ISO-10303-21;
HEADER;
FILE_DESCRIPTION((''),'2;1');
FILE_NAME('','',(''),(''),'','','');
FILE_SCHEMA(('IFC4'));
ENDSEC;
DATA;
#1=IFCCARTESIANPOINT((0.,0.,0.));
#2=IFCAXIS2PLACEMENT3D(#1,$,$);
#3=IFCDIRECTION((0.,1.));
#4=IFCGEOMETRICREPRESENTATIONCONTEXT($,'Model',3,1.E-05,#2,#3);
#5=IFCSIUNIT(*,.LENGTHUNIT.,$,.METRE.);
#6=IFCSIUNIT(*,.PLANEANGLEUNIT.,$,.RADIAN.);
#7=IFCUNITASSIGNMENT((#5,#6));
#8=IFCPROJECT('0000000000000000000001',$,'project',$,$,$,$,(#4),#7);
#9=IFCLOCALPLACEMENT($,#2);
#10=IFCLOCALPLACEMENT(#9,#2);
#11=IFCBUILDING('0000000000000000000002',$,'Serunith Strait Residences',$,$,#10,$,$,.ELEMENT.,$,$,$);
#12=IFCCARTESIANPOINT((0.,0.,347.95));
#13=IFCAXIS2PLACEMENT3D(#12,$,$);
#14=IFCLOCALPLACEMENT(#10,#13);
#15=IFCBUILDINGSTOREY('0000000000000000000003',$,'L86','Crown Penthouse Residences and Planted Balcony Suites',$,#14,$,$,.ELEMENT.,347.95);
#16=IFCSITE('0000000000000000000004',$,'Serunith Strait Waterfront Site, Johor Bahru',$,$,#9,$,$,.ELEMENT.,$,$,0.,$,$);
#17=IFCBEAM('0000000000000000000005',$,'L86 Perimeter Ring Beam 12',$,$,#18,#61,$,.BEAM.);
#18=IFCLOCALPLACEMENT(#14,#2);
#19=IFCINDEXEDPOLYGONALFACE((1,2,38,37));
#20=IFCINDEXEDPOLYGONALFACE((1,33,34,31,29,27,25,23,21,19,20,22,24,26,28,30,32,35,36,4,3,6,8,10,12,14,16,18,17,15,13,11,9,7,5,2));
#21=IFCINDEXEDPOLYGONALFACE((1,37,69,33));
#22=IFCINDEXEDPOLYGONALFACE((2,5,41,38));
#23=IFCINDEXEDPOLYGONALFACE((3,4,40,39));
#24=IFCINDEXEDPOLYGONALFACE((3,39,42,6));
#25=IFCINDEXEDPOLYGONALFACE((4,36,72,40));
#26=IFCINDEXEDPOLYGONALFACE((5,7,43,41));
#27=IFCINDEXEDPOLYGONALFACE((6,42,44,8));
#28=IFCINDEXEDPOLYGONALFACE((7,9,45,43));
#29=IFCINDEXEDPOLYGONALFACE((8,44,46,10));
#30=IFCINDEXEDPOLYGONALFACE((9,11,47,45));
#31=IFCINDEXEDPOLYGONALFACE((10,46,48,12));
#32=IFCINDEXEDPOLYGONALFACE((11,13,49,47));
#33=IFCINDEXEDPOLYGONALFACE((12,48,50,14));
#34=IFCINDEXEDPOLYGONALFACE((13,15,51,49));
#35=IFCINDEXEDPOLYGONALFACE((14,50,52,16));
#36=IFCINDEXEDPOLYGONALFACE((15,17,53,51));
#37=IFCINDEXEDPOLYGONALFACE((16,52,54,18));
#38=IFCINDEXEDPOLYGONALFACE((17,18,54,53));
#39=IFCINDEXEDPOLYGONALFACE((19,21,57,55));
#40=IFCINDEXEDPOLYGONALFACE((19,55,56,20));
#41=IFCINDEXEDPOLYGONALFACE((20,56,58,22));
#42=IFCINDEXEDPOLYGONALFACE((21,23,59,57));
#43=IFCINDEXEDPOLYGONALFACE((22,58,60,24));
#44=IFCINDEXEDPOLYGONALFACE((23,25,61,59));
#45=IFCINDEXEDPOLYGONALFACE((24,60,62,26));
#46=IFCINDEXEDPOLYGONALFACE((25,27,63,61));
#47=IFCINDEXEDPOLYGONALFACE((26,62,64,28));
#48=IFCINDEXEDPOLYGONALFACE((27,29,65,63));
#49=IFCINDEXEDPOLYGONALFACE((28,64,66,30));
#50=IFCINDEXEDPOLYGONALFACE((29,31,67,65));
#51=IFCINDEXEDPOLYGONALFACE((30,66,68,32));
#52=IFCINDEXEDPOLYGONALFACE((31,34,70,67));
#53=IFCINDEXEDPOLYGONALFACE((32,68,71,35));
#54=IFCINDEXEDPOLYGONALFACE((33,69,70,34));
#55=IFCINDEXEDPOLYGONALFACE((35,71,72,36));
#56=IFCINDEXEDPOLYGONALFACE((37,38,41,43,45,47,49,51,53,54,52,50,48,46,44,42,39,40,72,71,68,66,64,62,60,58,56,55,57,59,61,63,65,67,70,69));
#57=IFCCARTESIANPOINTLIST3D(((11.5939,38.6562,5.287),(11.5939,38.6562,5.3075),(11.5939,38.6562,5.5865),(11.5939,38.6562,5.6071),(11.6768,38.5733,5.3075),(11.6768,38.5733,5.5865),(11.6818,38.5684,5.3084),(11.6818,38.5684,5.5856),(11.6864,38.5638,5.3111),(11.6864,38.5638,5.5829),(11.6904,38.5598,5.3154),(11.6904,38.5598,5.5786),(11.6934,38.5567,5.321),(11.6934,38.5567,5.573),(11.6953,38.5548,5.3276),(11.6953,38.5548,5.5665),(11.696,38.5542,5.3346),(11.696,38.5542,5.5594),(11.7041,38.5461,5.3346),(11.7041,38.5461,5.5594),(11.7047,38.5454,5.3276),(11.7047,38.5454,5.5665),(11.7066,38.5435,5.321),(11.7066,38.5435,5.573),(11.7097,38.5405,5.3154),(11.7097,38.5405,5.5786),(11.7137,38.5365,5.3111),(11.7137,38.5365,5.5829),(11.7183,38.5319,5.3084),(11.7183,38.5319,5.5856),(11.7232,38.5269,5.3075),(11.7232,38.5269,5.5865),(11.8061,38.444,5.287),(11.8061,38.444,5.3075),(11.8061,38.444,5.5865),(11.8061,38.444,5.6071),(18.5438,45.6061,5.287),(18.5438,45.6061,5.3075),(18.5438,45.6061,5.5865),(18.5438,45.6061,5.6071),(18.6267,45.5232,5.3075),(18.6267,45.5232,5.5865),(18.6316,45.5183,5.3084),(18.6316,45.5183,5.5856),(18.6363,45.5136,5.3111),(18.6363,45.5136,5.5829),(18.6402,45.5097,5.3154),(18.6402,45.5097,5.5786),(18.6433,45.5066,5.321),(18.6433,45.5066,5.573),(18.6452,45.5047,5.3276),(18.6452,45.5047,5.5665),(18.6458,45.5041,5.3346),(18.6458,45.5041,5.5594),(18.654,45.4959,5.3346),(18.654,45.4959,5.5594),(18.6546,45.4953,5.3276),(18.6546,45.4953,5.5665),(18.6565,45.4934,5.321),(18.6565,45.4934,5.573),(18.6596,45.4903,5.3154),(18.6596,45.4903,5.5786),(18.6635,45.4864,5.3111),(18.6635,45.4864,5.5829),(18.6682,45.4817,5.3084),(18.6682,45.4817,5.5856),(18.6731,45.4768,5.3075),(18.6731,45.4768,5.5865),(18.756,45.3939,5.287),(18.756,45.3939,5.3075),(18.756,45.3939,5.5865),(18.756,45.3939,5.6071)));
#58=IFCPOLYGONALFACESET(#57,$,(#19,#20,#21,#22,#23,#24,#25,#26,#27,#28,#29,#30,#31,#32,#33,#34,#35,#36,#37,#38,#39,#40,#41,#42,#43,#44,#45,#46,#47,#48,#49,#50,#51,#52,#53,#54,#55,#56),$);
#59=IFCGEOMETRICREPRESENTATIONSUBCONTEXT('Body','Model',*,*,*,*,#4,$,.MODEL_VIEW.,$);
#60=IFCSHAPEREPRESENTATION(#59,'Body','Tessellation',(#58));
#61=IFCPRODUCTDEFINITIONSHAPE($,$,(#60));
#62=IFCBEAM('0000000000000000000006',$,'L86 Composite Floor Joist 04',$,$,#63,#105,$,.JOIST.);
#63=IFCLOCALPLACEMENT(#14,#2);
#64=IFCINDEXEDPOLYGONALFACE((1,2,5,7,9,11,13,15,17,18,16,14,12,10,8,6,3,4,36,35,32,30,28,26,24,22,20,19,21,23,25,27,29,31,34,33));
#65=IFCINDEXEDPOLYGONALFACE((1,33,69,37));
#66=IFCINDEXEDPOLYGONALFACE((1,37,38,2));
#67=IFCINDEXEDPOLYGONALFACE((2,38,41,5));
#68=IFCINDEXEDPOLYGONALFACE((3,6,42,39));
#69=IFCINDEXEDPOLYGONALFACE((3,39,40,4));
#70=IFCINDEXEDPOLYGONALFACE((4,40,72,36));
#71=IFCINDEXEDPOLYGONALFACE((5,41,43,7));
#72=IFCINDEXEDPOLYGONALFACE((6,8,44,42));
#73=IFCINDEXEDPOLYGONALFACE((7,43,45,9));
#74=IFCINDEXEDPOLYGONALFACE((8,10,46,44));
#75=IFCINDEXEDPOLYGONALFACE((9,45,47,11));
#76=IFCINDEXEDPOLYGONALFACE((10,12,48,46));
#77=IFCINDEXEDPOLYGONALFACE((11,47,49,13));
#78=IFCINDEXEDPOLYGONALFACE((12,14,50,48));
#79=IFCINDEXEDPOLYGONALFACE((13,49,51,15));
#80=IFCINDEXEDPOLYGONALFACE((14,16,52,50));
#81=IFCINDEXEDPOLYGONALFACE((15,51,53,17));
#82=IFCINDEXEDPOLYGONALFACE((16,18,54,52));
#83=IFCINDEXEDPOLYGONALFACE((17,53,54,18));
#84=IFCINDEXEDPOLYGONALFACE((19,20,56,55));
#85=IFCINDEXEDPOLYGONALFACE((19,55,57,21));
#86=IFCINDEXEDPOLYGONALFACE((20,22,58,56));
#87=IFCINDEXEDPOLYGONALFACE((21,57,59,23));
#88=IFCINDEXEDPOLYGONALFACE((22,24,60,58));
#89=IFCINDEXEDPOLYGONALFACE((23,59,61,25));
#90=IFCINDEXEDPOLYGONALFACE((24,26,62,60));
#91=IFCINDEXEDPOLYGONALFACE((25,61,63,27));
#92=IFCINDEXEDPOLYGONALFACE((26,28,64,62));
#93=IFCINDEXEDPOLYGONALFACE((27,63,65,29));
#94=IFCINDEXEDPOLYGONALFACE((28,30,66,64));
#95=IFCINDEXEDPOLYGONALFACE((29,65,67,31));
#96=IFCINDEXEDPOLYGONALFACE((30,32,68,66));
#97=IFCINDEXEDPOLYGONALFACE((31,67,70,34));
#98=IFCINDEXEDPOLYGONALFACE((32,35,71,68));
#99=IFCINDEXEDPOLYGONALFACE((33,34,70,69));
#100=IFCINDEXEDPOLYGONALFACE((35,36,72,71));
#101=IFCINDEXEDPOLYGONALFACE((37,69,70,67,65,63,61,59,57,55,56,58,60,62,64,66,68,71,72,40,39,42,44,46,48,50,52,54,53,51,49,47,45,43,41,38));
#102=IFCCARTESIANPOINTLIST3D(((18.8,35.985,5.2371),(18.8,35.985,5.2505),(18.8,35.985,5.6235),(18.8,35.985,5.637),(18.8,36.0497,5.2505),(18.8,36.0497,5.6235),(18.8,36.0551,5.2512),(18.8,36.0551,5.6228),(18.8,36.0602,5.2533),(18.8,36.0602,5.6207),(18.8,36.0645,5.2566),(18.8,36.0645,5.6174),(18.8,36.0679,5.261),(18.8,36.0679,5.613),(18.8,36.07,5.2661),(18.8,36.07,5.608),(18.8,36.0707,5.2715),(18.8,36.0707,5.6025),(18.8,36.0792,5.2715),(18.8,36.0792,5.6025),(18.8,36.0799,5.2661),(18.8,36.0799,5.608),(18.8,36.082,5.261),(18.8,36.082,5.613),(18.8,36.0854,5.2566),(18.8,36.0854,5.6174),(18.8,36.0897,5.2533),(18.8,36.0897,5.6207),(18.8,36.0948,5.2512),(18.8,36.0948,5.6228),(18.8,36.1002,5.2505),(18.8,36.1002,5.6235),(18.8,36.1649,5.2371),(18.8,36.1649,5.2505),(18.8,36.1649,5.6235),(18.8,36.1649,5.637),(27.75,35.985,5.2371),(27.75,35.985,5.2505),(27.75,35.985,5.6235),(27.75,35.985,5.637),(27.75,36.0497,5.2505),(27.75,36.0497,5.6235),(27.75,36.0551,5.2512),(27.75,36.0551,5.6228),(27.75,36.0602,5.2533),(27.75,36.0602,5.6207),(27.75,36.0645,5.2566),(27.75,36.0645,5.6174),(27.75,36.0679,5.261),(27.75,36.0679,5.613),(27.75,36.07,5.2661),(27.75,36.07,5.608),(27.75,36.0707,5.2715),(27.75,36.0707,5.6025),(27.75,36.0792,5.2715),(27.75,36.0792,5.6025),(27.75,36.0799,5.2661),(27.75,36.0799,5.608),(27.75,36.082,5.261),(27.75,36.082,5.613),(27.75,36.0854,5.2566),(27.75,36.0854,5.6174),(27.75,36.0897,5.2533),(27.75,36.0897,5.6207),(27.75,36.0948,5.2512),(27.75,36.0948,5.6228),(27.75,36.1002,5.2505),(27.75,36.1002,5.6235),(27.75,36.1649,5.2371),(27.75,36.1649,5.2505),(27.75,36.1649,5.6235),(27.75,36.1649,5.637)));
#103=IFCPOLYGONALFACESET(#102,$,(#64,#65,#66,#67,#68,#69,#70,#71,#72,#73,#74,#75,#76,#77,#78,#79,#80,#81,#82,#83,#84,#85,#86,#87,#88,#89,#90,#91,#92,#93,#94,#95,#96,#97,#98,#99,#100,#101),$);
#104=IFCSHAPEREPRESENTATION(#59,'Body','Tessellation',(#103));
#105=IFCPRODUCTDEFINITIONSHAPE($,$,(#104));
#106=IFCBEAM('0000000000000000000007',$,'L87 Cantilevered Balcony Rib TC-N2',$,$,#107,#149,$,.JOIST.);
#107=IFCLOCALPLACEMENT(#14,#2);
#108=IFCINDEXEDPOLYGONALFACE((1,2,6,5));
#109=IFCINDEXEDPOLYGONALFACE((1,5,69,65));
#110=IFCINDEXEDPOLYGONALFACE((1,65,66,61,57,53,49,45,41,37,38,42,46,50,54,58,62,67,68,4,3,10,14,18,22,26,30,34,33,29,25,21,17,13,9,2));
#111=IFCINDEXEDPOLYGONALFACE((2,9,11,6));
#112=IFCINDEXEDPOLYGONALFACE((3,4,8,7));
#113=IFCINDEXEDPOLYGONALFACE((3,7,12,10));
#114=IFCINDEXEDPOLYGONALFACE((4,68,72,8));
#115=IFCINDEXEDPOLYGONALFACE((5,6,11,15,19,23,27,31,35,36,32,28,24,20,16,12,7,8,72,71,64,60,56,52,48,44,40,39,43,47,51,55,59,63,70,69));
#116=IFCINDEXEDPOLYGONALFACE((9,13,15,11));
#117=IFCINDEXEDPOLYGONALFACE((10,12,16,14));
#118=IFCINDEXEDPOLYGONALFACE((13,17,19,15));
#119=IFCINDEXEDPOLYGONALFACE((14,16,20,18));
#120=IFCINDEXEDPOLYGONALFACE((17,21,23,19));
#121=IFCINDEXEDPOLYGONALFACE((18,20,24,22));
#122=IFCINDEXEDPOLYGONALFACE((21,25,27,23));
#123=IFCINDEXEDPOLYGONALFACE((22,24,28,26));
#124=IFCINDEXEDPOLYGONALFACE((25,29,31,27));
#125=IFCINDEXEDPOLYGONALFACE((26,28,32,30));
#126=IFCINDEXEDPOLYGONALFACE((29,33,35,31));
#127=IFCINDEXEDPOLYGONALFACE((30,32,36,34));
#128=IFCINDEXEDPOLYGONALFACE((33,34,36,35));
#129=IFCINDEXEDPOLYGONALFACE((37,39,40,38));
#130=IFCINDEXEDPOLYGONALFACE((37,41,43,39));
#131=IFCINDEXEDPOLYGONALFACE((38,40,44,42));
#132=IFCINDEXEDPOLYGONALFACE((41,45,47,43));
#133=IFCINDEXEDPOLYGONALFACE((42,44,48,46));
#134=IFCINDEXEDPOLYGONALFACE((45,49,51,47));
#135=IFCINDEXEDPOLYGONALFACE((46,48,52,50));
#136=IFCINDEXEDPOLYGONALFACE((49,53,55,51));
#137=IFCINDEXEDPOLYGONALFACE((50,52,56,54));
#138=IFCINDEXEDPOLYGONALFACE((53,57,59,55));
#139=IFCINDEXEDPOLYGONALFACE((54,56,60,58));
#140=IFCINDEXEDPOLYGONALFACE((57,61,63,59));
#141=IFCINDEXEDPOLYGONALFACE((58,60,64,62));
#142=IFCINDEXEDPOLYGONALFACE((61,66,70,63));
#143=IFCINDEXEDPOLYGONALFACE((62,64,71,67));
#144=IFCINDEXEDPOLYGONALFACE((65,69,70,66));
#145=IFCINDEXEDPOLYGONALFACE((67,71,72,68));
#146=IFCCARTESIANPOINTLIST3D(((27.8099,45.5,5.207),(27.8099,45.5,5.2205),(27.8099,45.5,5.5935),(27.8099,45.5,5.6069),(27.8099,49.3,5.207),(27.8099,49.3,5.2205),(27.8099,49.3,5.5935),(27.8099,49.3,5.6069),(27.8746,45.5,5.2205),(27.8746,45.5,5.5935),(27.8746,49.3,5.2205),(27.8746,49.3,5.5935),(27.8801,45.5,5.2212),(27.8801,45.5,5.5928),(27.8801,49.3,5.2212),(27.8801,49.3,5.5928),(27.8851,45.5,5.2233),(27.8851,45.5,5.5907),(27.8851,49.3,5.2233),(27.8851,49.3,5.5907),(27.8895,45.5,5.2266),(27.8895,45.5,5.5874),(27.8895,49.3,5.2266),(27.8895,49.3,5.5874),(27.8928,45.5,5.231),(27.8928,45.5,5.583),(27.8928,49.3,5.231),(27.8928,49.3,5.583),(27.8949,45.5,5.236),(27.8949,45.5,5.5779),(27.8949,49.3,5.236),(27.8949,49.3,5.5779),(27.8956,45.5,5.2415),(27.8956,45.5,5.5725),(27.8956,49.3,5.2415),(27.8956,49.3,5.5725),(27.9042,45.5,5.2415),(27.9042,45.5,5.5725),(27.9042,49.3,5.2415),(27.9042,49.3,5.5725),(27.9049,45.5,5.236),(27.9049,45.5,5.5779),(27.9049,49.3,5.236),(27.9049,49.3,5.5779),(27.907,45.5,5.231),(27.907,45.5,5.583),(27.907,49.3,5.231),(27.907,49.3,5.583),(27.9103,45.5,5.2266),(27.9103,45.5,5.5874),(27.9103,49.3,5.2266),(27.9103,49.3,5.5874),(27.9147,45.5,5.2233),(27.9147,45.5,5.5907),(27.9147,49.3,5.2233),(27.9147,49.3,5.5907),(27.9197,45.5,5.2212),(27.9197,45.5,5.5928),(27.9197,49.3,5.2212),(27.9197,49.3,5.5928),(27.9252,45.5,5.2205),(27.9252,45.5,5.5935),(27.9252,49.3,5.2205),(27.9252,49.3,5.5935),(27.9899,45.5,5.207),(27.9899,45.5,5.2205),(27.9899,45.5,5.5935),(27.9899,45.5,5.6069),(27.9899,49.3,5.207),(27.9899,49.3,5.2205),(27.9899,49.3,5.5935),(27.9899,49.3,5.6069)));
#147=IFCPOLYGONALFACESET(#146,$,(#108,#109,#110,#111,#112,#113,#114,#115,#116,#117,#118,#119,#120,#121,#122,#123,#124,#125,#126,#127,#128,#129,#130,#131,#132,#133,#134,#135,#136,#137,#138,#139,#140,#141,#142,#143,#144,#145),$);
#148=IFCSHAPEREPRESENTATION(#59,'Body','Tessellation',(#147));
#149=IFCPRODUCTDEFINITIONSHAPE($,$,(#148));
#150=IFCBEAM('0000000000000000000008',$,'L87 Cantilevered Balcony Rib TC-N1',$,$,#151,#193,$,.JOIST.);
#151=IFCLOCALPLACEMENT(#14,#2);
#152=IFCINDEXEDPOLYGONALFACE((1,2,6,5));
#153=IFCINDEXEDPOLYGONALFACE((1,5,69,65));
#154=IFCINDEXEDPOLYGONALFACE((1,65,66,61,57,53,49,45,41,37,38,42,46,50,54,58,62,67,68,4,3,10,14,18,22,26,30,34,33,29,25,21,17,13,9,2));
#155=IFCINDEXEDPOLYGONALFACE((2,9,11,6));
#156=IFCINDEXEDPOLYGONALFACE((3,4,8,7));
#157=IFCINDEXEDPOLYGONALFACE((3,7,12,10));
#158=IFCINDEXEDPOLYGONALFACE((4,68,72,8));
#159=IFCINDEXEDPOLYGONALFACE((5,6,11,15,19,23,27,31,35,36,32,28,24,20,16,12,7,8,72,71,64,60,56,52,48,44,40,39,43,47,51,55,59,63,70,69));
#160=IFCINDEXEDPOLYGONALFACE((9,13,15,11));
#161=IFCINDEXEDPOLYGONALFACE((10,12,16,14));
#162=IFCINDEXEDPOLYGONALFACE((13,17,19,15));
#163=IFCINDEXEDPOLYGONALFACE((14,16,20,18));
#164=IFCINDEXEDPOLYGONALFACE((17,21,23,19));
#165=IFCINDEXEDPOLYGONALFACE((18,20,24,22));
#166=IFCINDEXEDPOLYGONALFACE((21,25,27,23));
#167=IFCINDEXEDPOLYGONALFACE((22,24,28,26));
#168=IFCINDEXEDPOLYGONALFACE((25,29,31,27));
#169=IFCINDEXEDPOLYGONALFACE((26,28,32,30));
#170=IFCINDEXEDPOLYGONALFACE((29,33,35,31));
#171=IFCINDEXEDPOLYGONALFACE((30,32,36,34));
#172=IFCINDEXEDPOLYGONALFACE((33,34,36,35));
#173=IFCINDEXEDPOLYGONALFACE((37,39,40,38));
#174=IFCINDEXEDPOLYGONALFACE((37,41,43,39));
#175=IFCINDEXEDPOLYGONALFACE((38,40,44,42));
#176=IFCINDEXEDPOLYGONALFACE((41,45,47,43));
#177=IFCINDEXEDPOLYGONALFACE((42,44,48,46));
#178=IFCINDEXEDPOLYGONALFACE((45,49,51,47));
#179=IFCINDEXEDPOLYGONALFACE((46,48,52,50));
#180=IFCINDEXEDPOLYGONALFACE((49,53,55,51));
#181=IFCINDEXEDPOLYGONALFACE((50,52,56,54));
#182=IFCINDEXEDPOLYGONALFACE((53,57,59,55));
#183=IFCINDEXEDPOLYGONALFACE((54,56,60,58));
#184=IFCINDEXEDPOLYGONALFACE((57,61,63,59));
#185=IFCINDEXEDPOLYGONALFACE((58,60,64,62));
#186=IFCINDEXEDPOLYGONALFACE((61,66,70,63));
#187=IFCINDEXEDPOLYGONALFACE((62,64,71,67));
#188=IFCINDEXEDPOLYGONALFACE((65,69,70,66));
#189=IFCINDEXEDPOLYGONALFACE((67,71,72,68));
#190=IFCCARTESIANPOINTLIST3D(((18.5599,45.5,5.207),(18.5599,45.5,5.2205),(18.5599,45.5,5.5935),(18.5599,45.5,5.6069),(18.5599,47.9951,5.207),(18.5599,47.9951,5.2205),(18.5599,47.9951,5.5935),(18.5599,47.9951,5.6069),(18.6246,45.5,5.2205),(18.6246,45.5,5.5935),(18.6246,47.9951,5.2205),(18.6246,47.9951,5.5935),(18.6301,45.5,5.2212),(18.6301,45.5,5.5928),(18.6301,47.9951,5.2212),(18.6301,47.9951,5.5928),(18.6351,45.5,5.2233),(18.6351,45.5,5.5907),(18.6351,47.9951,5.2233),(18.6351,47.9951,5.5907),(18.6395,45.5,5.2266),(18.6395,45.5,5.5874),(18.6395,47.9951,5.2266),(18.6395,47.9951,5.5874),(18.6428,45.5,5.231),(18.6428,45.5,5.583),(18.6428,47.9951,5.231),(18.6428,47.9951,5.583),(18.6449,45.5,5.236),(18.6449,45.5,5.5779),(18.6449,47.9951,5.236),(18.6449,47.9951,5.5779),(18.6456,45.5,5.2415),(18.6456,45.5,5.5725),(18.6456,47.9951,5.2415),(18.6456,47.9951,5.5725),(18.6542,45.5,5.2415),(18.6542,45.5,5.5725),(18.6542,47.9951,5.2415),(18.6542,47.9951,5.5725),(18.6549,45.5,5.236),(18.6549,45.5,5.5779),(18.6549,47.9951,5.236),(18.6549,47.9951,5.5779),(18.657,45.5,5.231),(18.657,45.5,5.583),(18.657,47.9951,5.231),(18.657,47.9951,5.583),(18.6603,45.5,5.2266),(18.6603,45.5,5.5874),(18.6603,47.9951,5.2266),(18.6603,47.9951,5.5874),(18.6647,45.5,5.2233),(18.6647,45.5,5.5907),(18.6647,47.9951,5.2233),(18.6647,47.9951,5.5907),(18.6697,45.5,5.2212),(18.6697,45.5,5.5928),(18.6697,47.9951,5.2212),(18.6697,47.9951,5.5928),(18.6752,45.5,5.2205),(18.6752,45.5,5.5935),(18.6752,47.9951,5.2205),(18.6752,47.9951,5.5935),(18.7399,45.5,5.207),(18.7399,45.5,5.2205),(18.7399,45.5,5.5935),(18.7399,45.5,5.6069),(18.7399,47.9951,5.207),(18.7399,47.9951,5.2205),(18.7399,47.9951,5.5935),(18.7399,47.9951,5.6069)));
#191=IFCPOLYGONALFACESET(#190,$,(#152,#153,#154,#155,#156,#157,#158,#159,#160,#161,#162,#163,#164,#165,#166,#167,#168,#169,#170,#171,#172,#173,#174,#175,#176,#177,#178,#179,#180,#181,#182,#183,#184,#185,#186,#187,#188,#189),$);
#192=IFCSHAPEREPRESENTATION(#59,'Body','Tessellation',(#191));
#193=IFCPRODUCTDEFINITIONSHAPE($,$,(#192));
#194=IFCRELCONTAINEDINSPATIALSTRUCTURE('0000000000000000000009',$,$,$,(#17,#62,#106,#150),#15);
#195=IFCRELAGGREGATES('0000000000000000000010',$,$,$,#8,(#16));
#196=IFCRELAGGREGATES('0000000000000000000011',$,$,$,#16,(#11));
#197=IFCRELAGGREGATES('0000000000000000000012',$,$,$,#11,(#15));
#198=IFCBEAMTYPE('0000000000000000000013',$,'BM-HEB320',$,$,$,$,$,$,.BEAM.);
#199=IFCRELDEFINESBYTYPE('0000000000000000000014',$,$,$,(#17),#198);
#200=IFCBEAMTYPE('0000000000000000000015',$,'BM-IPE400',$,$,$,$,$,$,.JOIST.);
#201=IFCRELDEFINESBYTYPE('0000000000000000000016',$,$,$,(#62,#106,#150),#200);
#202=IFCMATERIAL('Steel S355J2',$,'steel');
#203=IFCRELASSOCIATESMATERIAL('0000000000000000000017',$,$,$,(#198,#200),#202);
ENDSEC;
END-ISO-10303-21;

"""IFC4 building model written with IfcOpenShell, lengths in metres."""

from ifc_helpers import new_model, si_unit, direction, frame, origin, origin_2d, place, context, subcontext, project, spatial, i_section, extrude, source, transform, mapped, material, material_profile, profile_set, type_object, element, save


model = new_model("IFC4")

# Units and contexts
model_context = context("Model", 3, precision=1e-05, world=origin(), true_north=direction((0.0, 1.0)))
body_context = subcontext(model_context, "Body", "Model", "MODEL_VIEW")
ifc_project = project(units=[si_unit("LENGTHUNIT", "METRE"), si_unit("PLANEANGLEUNIT", "RADIAN")], contexts=[model_context])

# Site, building, storey
site_placement = place(None, origin())
site = spatial("IfcSite", under=ifc_project, at=site_placement, Name="Serunith Strait Waterfront Site, Johor Bahru", CompositionType="ELEMENT", RefElevation=0.0)
building_placement = place(site_placement, origin())
building = spatial("IfcBuilding", under=site, at=building_placement, Name="Serunith Strait Residences", CompositionType="ELEMENT")
storey_placement = place(building_placement, frame((0.0, 0.0, 347.95)))
storey = spatial("IfcBuildingStorey", under=building, at=storey_placement, Name="L86", Description="Crown Penthouse Residences and Planted Balcony Suites", CompositionType="ELEMENT", Elevation=347.95)

# Beams
ifc_material_1 = material(Name="Steel S355J2", Category="steel")
ifc_material_profile_1 = material_profile(ifc_material_1, i_section(OverallWidth=0.3, OverallDepth=0.3201, WebThickness=0.0115, FlangeThickness=0.0205, FilletRadius=0.0271, at=origin_2d()), Name="HEB 320")
ifc_profile_set_1 = profile_set([ifc_material_profile_1], Name="Steel S355J2")
beam_type_1 = type_object("IfcBeamType", Name="BM-HEB320", PredefinedType="BEAM", material=ifc_profile_set_1)
shared_shape_1 = source(origin(), body_context, "Body", "SweptSolid", [
    extrude(i_section(OverallWidth=0.3, OverallDepth=0.3201, WebThickness=0.0115, FlangeThickness=0.0205, FilletRadius=0.0271, at=origin_2d()), origin(), (0.0, 0.0, 1.0), 9.8286),
])
beam_1_placement = place(storey_placement, frame((18.6499, 45.5, 5.447), z_axis=(-0.707107, -0.707107, 0.0), x_axis=(0.707107, -0.707107, 0.0)))
element("IfcBeam", 1, at=beam_1_placement, inside=storey, type_object=beam_type_1, Name="L86 Perimeter Ring Beam 12", PredefinedType="BEAM", context=body_context, shape_type="MappedRepresentation", body=[
    mapped(shared_shape_1, transform((0.0, 0.0, 0.0), scale=1.0)),
])
ifc_material_profile_2 = material_profile(ifc_material_1, i_section(OverallWidth=0.1799, OverallDepth=0.3999, WebThickness=0.0085, FlangeThickness=0.0134, FilletRadius=0.021, at=origin_2d()), Name="IPE 400")
ifc_profile_set_2 = profile_set([ifc_material_profile_2], Name="Steel S355J2")
beam_type_2 = type_object("IfcBeamType", Name="BM-IPE400", PredefinedType="JOIST", material=ifc_profile_set_2)
shared_shape_2 = source(origin(), body_context, "Body", "SweptSolid", [
    extrude(i_section(OverallWidth=0.1799, OverallDepth=0.3999, WebThickness=0.0085, FlangeThickness=0.0134, FilletRadius=0.021, at=origin_2d()), origin(), (0.0, 0.0, 1.0), 8.95),
])
beam_2_placement = place(storey_placement, frame((18.8, 36.075, 5.437), z_axis=(1.0, 0.0, 0.0), x_axis=(0.0, 1.0, 0.0)))
element("IfcBeam", 2, at=beam_2_placement, inside=storey, type_object=beam_type_2, Name="L86 Composite Floor Joist 04", PredefinedType="JOIST", context=body_context, shape_type="MappedRepresentation", body=[
    mapped(shared_shape_2, transform((0.0, 0.0, 0.0), scale=1.0)),
])
shared_shape_3 = source(origin(), body_context, "Body", "SweptSolid", [
    extrude(i_section(OverallWidth=0.1799, OverallDepth=0.3999, WebThickness=0.0085, FlangeThickness=0.0134, FilletRadius=0.021, at=origin_2d()), origin(), (0.0, 0.0, 1.0), 3.8),
])
beam_3_placement = place(storey_placement, frame((27.8999, 45.5, 5.407), z_axis=(0.0, 1.0, 0.0), x_axis=(-1.0, 0.0, 0.0)))
element("IfcBeam", 3, at=beam_3_placement, inside=storey, type_object=beam_type_2, Name="L87 Cantilevered Balcony Rib TC-N2", PredefinedType="JOIST", context=body_context, shape_type="MappedRepresentation", body=[
    mapped(shared_shape_3, transform((0.0, 0.0, 0.0), scale=1.0)),
])
shared_shape_4 = source(origin(), body_context, "Body", "SweptSolid", [
    extrude(i_section(OverallWidth=0.1799, OverallDepth=0.3999, WebThickness=0.0085, FlangeThickness=0.0134, FilletRadius=0.021, at=origin_2d()), origin(), (0.0, 0.0, 1.0), 2.4951),
])
beam_4_placement = place(storey_placement, frame((18.6499, 45.5, 5.407), z_axis=(0.0, 1.0, 0.0), x_axis=(-1.0, 0.0, 0.0)))
element("IfcBeam", 4, at=beam_4_placement, inside=storey, type_object=beam_type_2, Name="L87 Cantilevered Balcony Rib TC-N1", PredefinedType="JOIST", context=body_context, shape_type="MappedRepresentation", body=[
    mapped(shared_shape_4, transform((0.0, 0.0, 0.0), scale=1.0)),
])

save(model, "model.ifc")
